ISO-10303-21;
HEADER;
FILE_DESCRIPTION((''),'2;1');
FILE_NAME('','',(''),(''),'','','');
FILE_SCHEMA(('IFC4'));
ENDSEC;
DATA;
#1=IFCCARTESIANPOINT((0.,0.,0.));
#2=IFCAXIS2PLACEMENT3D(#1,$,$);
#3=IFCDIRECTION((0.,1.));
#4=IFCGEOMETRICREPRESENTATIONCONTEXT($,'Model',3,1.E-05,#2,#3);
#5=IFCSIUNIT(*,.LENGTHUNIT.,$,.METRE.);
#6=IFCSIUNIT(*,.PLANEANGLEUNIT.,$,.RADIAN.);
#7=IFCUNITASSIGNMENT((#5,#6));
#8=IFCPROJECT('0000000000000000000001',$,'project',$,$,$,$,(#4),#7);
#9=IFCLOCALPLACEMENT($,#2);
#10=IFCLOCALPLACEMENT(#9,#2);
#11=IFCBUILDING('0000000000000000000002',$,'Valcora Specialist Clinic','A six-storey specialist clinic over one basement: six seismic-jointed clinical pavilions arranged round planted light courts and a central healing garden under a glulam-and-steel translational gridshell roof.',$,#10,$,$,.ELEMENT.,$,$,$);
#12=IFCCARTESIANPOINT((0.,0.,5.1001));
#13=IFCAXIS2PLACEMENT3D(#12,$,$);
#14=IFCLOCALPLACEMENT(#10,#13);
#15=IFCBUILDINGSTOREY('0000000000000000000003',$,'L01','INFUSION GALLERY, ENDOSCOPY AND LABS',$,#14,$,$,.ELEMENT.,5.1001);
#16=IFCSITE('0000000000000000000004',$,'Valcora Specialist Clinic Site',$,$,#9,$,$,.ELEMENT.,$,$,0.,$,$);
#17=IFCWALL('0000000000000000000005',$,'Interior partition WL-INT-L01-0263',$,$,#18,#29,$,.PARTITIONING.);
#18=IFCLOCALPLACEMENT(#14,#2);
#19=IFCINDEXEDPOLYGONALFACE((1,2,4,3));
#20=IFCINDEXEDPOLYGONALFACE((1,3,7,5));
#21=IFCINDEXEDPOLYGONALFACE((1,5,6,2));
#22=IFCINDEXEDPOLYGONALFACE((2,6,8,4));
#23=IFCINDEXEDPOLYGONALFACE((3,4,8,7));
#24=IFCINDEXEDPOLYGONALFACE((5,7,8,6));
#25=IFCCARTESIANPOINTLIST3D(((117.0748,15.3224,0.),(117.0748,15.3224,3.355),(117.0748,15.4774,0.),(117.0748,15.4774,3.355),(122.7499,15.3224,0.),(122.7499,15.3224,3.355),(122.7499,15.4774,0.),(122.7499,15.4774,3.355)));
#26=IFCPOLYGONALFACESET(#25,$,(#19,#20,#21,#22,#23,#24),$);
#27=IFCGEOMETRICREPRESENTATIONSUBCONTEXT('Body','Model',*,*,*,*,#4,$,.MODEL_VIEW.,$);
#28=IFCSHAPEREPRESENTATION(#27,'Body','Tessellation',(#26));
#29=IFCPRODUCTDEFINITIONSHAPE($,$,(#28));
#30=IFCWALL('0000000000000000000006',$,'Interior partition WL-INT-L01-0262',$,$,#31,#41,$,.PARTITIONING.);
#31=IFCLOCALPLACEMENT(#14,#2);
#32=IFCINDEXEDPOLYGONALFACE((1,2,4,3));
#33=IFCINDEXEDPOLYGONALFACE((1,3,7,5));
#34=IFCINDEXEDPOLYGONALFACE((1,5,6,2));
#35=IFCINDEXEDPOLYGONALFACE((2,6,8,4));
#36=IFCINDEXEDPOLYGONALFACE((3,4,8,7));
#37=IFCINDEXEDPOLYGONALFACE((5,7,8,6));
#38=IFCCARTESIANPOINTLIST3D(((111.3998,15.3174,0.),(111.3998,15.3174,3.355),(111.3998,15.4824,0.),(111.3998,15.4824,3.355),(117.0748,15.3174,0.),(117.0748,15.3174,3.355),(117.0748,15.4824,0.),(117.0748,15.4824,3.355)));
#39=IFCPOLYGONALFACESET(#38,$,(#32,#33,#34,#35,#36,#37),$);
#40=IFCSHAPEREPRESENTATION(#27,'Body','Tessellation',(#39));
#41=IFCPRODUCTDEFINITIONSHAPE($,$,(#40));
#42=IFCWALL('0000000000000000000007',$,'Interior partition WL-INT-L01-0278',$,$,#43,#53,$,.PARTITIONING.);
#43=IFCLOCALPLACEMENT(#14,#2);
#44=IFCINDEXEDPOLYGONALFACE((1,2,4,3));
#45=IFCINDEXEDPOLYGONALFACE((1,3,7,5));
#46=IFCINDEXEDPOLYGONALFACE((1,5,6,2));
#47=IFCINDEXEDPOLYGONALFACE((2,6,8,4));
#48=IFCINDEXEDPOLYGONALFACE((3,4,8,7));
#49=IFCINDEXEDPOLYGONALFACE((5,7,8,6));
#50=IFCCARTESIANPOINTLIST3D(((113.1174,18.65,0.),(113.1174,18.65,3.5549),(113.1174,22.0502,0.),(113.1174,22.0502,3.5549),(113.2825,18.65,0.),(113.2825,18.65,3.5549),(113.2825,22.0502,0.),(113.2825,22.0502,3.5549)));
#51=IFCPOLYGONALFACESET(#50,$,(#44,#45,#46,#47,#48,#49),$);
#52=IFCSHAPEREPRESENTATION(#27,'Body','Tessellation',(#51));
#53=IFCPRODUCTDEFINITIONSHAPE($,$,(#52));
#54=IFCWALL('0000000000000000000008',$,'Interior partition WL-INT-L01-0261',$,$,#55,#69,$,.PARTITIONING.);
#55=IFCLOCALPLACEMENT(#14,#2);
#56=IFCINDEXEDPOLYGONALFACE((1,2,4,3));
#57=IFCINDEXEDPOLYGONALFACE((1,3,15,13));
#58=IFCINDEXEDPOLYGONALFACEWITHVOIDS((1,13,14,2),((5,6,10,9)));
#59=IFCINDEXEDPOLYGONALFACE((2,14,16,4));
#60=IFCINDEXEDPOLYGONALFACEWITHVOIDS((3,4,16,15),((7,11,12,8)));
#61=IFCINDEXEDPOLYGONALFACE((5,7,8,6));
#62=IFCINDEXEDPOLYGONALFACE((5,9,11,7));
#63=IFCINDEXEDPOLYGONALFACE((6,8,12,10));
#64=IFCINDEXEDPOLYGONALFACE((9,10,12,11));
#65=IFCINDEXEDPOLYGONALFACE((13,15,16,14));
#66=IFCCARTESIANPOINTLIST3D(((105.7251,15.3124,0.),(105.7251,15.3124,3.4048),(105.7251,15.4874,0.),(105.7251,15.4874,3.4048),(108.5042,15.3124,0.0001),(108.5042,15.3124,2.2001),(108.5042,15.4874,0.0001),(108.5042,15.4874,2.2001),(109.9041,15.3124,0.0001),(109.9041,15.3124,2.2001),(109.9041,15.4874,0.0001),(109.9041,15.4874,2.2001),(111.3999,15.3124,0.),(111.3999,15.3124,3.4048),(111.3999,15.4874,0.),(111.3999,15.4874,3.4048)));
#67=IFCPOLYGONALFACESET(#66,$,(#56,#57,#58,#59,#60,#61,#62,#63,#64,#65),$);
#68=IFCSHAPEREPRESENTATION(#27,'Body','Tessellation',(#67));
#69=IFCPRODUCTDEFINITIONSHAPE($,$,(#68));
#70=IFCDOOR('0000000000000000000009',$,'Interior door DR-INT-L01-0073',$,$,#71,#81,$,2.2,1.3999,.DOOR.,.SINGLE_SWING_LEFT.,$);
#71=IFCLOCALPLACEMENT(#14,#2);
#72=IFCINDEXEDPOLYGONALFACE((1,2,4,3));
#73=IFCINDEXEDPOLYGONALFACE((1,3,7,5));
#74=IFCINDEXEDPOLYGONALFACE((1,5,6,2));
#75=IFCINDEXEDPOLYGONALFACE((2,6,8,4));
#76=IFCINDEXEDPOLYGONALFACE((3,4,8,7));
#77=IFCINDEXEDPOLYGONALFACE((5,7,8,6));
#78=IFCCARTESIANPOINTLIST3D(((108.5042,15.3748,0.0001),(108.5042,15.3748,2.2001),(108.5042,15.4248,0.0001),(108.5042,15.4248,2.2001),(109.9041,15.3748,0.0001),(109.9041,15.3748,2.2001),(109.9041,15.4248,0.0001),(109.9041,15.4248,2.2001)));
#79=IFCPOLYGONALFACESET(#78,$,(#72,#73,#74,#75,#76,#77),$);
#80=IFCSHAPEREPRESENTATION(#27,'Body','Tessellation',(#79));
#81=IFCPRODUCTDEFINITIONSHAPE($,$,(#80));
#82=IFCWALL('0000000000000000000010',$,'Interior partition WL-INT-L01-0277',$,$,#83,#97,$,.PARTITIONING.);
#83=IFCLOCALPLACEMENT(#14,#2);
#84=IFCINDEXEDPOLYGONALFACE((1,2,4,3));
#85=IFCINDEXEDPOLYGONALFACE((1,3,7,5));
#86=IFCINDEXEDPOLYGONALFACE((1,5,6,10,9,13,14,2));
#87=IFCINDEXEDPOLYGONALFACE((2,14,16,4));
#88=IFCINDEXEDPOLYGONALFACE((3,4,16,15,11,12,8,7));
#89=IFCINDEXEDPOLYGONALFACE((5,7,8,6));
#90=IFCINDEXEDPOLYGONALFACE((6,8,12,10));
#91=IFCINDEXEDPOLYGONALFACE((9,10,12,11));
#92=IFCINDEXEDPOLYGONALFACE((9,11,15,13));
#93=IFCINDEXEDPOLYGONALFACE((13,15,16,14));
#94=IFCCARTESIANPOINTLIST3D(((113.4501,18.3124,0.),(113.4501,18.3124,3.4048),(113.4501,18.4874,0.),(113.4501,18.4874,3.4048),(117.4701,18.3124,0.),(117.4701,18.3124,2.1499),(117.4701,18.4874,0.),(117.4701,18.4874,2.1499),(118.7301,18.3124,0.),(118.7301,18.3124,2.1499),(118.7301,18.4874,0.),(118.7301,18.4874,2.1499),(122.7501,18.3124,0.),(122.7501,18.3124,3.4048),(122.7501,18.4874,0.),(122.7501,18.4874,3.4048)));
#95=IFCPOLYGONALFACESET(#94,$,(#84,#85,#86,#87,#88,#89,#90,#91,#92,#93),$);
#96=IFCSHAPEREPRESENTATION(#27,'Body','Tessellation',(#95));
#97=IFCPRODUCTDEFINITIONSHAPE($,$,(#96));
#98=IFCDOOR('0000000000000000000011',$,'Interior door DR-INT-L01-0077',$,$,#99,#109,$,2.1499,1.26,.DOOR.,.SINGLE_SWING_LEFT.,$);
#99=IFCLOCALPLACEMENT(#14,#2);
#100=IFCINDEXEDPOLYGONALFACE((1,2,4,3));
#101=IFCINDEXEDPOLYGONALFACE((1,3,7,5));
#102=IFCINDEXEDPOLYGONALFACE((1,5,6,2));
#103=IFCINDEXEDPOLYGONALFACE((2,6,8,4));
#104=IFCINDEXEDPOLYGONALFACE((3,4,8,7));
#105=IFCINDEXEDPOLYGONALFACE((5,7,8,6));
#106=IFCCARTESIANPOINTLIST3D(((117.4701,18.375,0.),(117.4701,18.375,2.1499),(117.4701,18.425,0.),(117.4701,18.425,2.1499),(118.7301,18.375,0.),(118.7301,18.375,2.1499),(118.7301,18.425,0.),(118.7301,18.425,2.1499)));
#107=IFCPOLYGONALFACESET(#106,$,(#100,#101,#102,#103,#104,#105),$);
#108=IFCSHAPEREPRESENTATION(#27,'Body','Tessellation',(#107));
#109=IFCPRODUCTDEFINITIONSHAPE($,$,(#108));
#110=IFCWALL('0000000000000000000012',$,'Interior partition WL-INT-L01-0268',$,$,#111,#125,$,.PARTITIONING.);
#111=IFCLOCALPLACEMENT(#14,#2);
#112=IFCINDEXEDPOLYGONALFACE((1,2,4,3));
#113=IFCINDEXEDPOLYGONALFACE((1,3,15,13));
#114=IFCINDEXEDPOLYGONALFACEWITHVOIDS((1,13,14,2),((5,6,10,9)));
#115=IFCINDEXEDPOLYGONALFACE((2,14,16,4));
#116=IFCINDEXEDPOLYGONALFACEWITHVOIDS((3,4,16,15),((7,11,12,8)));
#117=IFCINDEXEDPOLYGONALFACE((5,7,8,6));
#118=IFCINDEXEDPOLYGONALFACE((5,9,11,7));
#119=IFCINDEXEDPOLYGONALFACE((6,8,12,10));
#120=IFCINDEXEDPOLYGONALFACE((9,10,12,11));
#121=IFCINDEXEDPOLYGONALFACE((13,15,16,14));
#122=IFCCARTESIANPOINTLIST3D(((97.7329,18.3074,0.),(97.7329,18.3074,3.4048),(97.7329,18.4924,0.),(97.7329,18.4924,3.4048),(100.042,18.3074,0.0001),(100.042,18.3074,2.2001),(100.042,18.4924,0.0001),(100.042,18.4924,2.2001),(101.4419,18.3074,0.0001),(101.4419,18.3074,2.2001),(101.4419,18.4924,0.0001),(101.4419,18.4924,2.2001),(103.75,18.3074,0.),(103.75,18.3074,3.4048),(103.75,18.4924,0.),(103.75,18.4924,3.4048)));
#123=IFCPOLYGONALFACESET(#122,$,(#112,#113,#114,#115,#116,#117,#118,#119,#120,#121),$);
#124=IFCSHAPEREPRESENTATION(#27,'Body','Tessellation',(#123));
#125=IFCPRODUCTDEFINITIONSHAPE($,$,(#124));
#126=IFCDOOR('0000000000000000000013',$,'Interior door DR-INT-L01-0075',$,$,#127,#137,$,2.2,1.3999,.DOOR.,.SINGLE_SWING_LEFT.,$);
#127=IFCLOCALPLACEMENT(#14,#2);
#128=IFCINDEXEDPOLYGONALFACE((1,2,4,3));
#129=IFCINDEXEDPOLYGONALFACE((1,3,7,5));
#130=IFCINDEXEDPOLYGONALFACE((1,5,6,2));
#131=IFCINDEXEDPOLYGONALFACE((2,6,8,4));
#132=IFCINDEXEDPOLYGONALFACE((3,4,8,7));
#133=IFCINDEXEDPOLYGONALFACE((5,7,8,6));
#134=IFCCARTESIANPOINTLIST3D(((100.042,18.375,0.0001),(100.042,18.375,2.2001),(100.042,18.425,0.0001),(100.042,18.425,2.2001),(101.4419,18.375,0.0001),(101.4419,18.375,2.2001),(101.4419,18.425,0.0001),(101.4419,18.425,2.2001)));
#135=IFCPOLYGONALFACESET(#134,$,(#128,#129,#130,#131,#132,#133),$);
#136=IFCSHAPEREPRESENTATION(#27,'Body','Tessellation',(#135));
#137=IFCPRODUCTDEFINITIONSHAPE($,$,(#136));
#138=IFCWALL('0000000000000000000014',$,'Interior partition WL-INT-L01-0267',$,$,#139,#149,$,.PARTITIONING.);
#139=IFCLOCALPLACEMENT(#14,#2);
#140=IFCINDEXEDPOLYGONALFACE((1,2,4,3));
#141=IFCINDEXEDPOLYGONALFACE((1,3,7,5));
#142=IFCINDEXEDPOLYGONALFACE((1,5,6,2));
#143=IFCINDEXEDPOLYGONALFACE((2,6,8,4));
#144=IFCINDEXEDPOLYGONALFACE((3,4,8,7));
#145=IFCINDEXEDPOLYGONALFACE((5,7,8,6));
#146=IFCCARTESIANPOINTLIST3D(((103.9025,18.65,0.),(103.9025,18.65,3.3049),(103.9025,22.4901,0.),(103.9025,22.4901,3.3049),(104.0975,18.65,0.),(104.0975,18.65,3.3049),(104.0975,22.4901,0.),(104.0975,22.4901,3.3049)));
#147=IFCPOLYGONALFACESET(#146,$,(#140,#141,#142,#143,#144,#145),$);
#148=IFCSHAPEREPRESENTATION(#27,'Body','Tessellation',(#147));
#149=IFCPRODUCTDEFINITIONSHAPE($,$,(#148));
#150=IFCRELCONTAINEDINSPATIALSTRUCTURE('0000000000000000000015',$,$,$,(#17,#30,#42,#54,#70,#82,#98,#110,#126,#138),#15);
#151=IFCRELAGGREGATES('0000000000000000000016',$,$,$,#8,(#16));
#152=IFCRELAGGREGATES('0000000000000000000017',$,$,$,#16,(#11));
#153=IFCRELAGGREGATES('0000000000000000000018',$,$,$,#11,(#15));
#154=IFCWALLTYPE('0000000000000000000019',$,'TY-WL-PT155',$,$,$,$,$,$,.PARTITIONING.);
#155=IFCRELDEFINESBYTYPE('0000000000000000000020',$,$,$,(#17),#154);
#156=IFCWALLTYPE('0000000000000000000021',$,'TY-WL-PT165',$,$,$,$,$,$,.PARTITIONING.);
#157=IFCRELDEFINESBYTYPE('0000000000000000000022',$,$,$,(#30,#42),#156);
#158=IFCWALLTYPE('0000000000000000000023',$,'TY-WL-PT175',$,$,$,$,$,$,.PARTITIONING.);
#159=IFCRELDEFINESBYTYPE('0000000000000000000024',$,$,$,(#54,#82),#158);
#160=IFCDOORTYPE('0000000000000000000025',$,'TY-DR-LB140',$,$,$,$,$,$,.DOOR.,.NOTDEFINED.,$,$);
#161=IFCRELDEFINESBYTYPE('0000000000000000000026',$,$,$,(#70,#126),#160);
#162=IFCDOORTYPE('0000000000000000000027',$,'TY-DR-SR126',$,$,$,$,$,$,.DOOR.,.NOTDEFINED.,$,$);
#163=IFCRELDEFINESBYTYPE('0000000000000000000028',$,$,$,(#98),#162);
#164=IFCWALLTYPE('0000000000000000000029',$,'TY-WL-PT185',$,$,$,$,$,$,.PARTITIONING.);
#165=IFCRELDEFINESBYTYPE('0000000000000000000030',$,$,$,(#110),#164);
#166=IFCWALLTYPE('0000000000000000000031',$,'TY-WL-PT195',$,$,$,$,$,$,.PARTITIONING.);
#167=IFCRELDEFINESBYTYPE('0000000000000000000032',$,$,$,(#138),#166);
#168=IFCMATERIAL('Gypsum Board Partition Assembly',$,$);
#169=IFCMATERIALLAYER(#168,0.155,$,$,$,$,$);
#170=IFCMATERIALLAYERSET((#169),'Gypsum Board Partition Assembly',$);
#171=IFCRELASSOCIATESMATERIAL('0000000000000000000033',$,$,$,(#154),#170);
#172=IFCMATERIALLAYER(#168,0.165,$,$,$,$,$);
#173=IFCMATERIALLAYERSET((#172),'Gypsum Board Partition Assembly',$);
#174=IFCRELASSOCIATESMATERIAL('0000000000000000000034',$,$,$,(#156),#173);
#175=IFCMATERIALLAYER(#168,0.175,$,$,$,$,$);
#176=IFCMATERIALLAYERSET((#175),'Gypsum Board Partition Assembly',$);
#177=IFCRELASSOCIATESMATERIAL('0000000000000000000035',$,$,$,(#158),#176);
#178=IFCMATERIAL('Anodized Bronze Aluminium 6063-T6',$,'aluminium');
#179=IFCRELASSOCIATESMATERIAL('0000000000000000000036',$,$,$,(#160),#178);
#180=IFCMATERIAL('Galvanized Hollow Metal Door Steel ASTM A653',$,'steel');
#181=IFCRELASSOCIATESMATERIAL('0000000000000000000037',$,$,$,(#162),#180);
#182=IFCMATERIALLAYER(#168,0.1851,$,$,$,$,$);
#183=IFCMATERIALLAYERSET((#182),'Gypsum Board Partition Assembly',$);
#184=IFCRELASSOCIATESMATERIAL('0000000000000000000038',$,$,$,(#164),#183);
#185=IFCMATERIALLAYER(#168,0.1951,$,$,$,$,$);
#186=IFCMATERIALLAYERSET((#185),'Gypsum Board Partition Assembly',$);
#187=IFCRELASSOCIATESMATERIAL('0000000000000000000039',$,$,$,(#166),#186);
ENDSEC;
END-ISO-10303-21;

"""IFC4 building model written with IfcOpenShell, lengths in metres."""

from ifc_helpers import new_model, si_unit, direction, frame, frame_2d, origin, place, context, subcontext, project, spatial, rectangle, extrude, material, layer, layer_set, type_object, element, fill, save


model = new_model("IFC4")

# Units and contexts
model_context = context("Model", 3, precision=1e-05, world=origin(), true_north=direction((0.0, 1.0)))
body_context = subcontext(model_context, "Body", "Model", "MODEL_VIEW")
ifc_project = project(units=[si_unit("LENGTHUNIT", "METRE"), si_unit("PLANEANGLEUNIT", "RADIAN")], contexts=[model_context])

# Site, building, storey
site_placement = place(None, origin())
site = spatial("IfcSite", under=ifc_project, at=site_placement, Name="Valcora Specialist Clinic Site", CompositionType="ELEMENT", RefElevation=0.0)
building_placement = place(site_placement, origin())
building = spatial("IfcBuilding", under=site, at=building_placement, Name="Valcora Specialist Clinic", Description="A six-storey specialist clinic over one basement: six seismic-jointed clinical pavilions arranged round planted light courts and a central healing garden under a glulam-and-steel translational gridshell roof.", CompositionType="ELEMENT")
storey_placement = place(building_placement, frame((0.0, 0.0, 5.1001)))
storey = spatial("IfcBuildingStorey", under=building, at=storey_placement, Name="L01", Description="INFUSION GALLERY, ENDOSCOPY AND LABS", CompositionType="ELEMENT", Elevation=5.1001)

# Shared definitions
ifc_material_1 = material(Name="Gypsum Board Partition Assembly")

# Walls
ifc_layer_1 = layer(ifc_material_1, 0.155)
ifc_layer_set_1 = layer_set([ifc_layer_1], Name="Gypsum Board Partition Assembly")
wall_type_1 = type_object("IfcWallType", Name="TY-WL-PT155", PredefinedType="PARTITIONING", material=ifc_layer_set_1)
wall_1_placement = place(storey_placement, frame((117.075, 15.3999, 0.0), z_axis=(0.0, 0.0, 1.0), x_axis=(1.0, 0.0, 0.0)))
element("IfcWall", 1, at=wall_1_placement, inside=storey, type_object=wall_type_1, Name="Interior partition WL-INT-L01-0263", PredefinedType="PARTITIONING", context=body_context, shape_type="SweptSolid", body=[
    extrude(rectangle(XDim=5.675, YDim=0.155, at=frame_2d((2.8374, 0.0))), origin(), (0.0, 0.0, 1.0), 3.355),
])
ifc_layer_2 = layer(ifc_material_1, 0.165)
ifc_layer_set_2 = layer_set([ifc_layer_2], Name="Gypsum Board Partition Assembly")
wall_type_2 = type_object("IfcWallType", Name="TY-WL-PT165", PredefinedType="PARTITIONING", material=ifc_layer_set_2)
wall_2_placement = place(storey_placement, frame((111.3999, 15.3999, 0.0), z_axis=(0.0, 0.0, 1.0), x_axis=(1.0, 0.0, 0.0)))
element("IfcWall", 2, at=wall_2_placement, inside=storey, type_object=wall_type_2, Name="Interior partition WL-INT-L01-0262", PredefinedType="PARTITIONING", context=body_context, shape_type="SweptSolid", body=[
    extrude(rectangle(XDim=5.675, YDim=0.165, at=frame_2d((2.8374, 0.0))), origin(), (0.0, 0.0, 1.0), 3.355),
])
wall_3_placement = place(storey_placement, frame((113.2, 18.6499, 0.0), z_axis=(0.0, 0.0, 1.0), x_axis=(0.0, 1.0, 0.0)))
element("IfcWall", 3, at=wall_3_placement, inside=storey, type_object=wall_type_2, Name="Interior partition WL-INT-L01-0278", PredefinedType="PARTITIONING", context=body_context, shape_type="SweptSolid", body=[
    extrude(rectangle(XDim=3.4001, YDim=0.165, at=frame_2d((1.7002, 0.0))), origin(), (0.0, 0.0, 1.0), 3.5549),
])

# Walls, openings, doors
ifc_layer_3 = layer(ifc_material_1, 0.175)
ifc_layer_set_3 = layer_set([ifc_layer_3], Name="Gypsum Board Partition Assembly")
wall_type_3 = type_object("IfcWallType", Name="TY-WL-PT175", PredefinedType="PARTITIONING", material=ifc_layer_set_3)
wall_4_placement = place(storey_placement, frame((105.7251, 15.3999, 0.0), z_axis=(0.0, 0.0, 1.0), x_axis=(1.0, 0.0, 0.0)))
wall_4 = element("IfcWall", 4, at=wall_4_placement, inside=storey, type_object=wall_type_3, Name="Interior partition WL-INT-L01-0261", PredefinedType="PARTITIONING", context=body_context, shape_type="SweptSolid", body=[
    extrude(rectangle(XDim=5.6748, YDim=0.175, at=frame_2d((2.8374, 0.0))), origin(), (0.0, 0.0, 1.0), 3.4048),
])
opening_1_placement = place(wall_4_placement, frame((2.7791, 0.0, 0.0)))
opening_1 = element("IfcOpeningElement", 5, at=opening_1_placement, cuts=wall_4, PredefinedType="OPENING", context=body_context, shape_type="SweptSolid", body=[
    extrude(rectangle(XDim=1.3999, YDim=2.2, at=frame_2d((0.7, 1.1001))), frame((0.0, 0.0974, 0.0), z_axis=(0.0, -1.0, 0.0), x_axis=(1.0, 0.0, 0.0)), (0.0, 0.0, 1.0), 0.1951),
])
ifc_material_2 = material(Name="Anodized Bronze Aluminium 6063-T6", Category="aluminium")
door_type_1 = type_object("IfcDoorType", Name="TY-DR-LB140", OperationType="NOTDEFINED", PredefinedType="DOOR", material=ifc_material_2)
door_1_placement = place(opening_1_placement, origin())
door_1 = element("IfcDoor", 6, at=door_1_placement, inside=storey, type_object=door_type_1, Name="Interior door DR-INT-L01-0073", OperationType="SINGLE_SWING_LEFT", OverallHeight=2.2, OverallWidth=1.3999, PredefinedType="DOOR", context=body_context, shape_type="SweptSolid", body=[
    extrude(rectangle(XDim=1.3999, YDim=2.2, at=frame_2d((0.7, 1.1001))), frame((0.0, 0.0249, 0.0), z_axis=(0.0, -1.0, 0.0), x_axis=(1.0, 0.0, 0.0)), (0.0, 0.0, 1.0), 0.05),
])
fill(opening_1, door_1)
wall_5_placement = place(storey_placement, frame((122.75, 18.3999, 0.0), z_axis=(0.0, 0.0, 1.0), x_axis=(-1.0, 0.0, 0.0)))
wall_5 = element("IfcWall", 7, at=wall_5_placement, inside=storey, type_object=wall_type_3, Name="Interior partition WL-INT-L01-0277", PredefinedType="PARTITIONING", context=body_context, shape_type="SweptSolid", body=[
    extrude(rectangle(XDim=9.3, YDim=0.175, at=frame_2d((4.6499, 0.0))), origin(), (0.0, 0.0, 1.0), 3.4048),
])
opening_2_placement = place(wall_5_placement, frame((4.02, 0.0, 0.0)))
opening_2 = element("IfcOpeningElement", 8, at=opening_2_placement, cuts=wall_5, PredefinedType="OPENING", context=body_context, shape_type="SweptSolid", body=[
    extrude(rectangle(XDim=1.26, YDim=2.1499, at=frame_2d((0.6299, 1.075))), frame((0.0, 0.0974, 0.0), z_axis=(0.0, -1.0, 0.0), x_axis=(1.0, 0.0, 0.0)), (0.0, 0.0, 1.0), 0.1951),
])
ifc_material_3 = material(Name="Galvanized Hollow Metal Door Steel ASTM A653", Category="steel")
door_type_2 = type_object("IfcDoorType", Name="TY-DR-SR126", OperationType="NOTDEFINED", PredefinedType="DOOR", material=ifc_material_3)
door_2_placement = place(opening_2_placement, origin())
door_2 = element("IfcDoor", 9, at=door_2_placement, inside=storey, type_object=door_type_2, Name="Interior door DR-INT-L01-0077", OperationType="SINGLE_SWING_LEFT", OverallHeight=2.1499, OverallWidth=1.26, PredefinedType="DOOR", context=body_context, shape_type="SweptSolid", body=[
    extrude(rectangle(XDim=1.26, YDim=2.1499, at=frame_2d((0.6299, 1.075))), frame((0.0, 0.0249, 0.0), z_axis=(0.0, -1.0, 0.0), x_axis=(1.0, 0.0, 0.0)), (0.0, 0.0, 1.0), 0.05),
])
fill(opening_2, door_2)
ifc_layer_4 = layer(ifc_material_1, 0.1851)
ifc_layer_set_4 = layer_set([ifc_layer_4], Name="Gypsum Board Partition Assembly")
wall_type_4 = type_object("IfcWallType", Name="TY-WL-PT185", PredefinedType="PARTITIONING", material=ifc_layer_set_4)
wall_6_placement = place(storey_placement, frame((103.75, 18.3999, 0.0), z_axis=(0.0, 0.0, 1.0), x_axis=(-1.0, 0.0, 0.0)))
wall_6 = element("IfcWall", 10, at=wall_6_placement, inside=storey, type_object=wall_type_4, Name="Interior partition WL-INT-L01-0268", PredefinedType="PARTITIONING", context=body_context, shape_type="SweptSolid", body=[
    extrude(rectangle(XDim=6.0171, YDim=0.1851, at=frame_2d((3.0085, 0.0))), origin(), (0.0, 0.0, 1.0), 3.4048),
])
opening_3_placement = place(wall_6_placement, frame((2.3081, 0.0, 0.0)))
opening_3 = element("IfcOpeningElement", 11, at=opening_3_placement, cuts=wall_6, PredefinedType="OPENING", context=body_context, shape_type="SweptSolid", body=[
    extrude(rectangle(XDim=1.3999, YDim=2.2, at=frame_2d((0.7, 1.1001))), frame((0.0, 0.1025, 0.0), z_axis=(0.0, -1.0, 0.0), x_axis=(1.0, 0.0, 0.0)), (0.0, 0.0, 1.0), 0.2051),
])
door_3_placement = place(opening_3_placement, origin())
door_3 = element("IfcDoor", 12, at=door_3_placement, inside=storey, type_object=door_type_1, Name="Interior door DR-INT-L01-0075", OperationType="SINGLE_SWING_LEFT", OverallHeight=2.2, OverallWidth=1.3999, PredefinedType="DOOR", context=body_context, shape_type="SweptSolid", body=[
    extrude(rectangle(XDim=1.3999, YDim=2.2, at=frame_2d((0.7, 1.1001))), frame((0.0, 0.0249, 0.0), z_axis=(0.0, -1.0, 0.0), x_axis=(1.0, 0.0, 0.0)), (0.0, 0.0, 1.0), 0.05),
])
fill(opening_3, door_3)

# Wall
ifc_layer_5 = layer(ifc_material_1, 0.1951)
ifc_layer_set_5 = layer_set([ifc_layer_5], Name="Gypsum Board Partition Assembly")
wall_type_5 = type_object("IfcWallType", Name="TY-WL-PT195", PredefinedType="PARTITIONING", material=ifc_layer_set_5)
wall_7_placement = place(storey_placement, frame((104.0, 22.49, 0.0), z_axis=(0.0, 0.0, 1.0), x_axis=(0.0, -1.0, 0.0)))
element("IfcWall", 13, at=wall_7_placement, inside=storey, type_object=wall_type_5, Name="Interior partition WL-INT-L01-0267", PredefinedType="PARTITIONING", context=body_context, shape_type="SweptSolid", body=[
    extrude(rectangle(XDim=3.8401, YDim=0.1951, at=frame_2d((1.9199, 0.0))), origin(), (0.0, 0.0, 1.0), 3.3049),
])

save(model, "model.ifc")
